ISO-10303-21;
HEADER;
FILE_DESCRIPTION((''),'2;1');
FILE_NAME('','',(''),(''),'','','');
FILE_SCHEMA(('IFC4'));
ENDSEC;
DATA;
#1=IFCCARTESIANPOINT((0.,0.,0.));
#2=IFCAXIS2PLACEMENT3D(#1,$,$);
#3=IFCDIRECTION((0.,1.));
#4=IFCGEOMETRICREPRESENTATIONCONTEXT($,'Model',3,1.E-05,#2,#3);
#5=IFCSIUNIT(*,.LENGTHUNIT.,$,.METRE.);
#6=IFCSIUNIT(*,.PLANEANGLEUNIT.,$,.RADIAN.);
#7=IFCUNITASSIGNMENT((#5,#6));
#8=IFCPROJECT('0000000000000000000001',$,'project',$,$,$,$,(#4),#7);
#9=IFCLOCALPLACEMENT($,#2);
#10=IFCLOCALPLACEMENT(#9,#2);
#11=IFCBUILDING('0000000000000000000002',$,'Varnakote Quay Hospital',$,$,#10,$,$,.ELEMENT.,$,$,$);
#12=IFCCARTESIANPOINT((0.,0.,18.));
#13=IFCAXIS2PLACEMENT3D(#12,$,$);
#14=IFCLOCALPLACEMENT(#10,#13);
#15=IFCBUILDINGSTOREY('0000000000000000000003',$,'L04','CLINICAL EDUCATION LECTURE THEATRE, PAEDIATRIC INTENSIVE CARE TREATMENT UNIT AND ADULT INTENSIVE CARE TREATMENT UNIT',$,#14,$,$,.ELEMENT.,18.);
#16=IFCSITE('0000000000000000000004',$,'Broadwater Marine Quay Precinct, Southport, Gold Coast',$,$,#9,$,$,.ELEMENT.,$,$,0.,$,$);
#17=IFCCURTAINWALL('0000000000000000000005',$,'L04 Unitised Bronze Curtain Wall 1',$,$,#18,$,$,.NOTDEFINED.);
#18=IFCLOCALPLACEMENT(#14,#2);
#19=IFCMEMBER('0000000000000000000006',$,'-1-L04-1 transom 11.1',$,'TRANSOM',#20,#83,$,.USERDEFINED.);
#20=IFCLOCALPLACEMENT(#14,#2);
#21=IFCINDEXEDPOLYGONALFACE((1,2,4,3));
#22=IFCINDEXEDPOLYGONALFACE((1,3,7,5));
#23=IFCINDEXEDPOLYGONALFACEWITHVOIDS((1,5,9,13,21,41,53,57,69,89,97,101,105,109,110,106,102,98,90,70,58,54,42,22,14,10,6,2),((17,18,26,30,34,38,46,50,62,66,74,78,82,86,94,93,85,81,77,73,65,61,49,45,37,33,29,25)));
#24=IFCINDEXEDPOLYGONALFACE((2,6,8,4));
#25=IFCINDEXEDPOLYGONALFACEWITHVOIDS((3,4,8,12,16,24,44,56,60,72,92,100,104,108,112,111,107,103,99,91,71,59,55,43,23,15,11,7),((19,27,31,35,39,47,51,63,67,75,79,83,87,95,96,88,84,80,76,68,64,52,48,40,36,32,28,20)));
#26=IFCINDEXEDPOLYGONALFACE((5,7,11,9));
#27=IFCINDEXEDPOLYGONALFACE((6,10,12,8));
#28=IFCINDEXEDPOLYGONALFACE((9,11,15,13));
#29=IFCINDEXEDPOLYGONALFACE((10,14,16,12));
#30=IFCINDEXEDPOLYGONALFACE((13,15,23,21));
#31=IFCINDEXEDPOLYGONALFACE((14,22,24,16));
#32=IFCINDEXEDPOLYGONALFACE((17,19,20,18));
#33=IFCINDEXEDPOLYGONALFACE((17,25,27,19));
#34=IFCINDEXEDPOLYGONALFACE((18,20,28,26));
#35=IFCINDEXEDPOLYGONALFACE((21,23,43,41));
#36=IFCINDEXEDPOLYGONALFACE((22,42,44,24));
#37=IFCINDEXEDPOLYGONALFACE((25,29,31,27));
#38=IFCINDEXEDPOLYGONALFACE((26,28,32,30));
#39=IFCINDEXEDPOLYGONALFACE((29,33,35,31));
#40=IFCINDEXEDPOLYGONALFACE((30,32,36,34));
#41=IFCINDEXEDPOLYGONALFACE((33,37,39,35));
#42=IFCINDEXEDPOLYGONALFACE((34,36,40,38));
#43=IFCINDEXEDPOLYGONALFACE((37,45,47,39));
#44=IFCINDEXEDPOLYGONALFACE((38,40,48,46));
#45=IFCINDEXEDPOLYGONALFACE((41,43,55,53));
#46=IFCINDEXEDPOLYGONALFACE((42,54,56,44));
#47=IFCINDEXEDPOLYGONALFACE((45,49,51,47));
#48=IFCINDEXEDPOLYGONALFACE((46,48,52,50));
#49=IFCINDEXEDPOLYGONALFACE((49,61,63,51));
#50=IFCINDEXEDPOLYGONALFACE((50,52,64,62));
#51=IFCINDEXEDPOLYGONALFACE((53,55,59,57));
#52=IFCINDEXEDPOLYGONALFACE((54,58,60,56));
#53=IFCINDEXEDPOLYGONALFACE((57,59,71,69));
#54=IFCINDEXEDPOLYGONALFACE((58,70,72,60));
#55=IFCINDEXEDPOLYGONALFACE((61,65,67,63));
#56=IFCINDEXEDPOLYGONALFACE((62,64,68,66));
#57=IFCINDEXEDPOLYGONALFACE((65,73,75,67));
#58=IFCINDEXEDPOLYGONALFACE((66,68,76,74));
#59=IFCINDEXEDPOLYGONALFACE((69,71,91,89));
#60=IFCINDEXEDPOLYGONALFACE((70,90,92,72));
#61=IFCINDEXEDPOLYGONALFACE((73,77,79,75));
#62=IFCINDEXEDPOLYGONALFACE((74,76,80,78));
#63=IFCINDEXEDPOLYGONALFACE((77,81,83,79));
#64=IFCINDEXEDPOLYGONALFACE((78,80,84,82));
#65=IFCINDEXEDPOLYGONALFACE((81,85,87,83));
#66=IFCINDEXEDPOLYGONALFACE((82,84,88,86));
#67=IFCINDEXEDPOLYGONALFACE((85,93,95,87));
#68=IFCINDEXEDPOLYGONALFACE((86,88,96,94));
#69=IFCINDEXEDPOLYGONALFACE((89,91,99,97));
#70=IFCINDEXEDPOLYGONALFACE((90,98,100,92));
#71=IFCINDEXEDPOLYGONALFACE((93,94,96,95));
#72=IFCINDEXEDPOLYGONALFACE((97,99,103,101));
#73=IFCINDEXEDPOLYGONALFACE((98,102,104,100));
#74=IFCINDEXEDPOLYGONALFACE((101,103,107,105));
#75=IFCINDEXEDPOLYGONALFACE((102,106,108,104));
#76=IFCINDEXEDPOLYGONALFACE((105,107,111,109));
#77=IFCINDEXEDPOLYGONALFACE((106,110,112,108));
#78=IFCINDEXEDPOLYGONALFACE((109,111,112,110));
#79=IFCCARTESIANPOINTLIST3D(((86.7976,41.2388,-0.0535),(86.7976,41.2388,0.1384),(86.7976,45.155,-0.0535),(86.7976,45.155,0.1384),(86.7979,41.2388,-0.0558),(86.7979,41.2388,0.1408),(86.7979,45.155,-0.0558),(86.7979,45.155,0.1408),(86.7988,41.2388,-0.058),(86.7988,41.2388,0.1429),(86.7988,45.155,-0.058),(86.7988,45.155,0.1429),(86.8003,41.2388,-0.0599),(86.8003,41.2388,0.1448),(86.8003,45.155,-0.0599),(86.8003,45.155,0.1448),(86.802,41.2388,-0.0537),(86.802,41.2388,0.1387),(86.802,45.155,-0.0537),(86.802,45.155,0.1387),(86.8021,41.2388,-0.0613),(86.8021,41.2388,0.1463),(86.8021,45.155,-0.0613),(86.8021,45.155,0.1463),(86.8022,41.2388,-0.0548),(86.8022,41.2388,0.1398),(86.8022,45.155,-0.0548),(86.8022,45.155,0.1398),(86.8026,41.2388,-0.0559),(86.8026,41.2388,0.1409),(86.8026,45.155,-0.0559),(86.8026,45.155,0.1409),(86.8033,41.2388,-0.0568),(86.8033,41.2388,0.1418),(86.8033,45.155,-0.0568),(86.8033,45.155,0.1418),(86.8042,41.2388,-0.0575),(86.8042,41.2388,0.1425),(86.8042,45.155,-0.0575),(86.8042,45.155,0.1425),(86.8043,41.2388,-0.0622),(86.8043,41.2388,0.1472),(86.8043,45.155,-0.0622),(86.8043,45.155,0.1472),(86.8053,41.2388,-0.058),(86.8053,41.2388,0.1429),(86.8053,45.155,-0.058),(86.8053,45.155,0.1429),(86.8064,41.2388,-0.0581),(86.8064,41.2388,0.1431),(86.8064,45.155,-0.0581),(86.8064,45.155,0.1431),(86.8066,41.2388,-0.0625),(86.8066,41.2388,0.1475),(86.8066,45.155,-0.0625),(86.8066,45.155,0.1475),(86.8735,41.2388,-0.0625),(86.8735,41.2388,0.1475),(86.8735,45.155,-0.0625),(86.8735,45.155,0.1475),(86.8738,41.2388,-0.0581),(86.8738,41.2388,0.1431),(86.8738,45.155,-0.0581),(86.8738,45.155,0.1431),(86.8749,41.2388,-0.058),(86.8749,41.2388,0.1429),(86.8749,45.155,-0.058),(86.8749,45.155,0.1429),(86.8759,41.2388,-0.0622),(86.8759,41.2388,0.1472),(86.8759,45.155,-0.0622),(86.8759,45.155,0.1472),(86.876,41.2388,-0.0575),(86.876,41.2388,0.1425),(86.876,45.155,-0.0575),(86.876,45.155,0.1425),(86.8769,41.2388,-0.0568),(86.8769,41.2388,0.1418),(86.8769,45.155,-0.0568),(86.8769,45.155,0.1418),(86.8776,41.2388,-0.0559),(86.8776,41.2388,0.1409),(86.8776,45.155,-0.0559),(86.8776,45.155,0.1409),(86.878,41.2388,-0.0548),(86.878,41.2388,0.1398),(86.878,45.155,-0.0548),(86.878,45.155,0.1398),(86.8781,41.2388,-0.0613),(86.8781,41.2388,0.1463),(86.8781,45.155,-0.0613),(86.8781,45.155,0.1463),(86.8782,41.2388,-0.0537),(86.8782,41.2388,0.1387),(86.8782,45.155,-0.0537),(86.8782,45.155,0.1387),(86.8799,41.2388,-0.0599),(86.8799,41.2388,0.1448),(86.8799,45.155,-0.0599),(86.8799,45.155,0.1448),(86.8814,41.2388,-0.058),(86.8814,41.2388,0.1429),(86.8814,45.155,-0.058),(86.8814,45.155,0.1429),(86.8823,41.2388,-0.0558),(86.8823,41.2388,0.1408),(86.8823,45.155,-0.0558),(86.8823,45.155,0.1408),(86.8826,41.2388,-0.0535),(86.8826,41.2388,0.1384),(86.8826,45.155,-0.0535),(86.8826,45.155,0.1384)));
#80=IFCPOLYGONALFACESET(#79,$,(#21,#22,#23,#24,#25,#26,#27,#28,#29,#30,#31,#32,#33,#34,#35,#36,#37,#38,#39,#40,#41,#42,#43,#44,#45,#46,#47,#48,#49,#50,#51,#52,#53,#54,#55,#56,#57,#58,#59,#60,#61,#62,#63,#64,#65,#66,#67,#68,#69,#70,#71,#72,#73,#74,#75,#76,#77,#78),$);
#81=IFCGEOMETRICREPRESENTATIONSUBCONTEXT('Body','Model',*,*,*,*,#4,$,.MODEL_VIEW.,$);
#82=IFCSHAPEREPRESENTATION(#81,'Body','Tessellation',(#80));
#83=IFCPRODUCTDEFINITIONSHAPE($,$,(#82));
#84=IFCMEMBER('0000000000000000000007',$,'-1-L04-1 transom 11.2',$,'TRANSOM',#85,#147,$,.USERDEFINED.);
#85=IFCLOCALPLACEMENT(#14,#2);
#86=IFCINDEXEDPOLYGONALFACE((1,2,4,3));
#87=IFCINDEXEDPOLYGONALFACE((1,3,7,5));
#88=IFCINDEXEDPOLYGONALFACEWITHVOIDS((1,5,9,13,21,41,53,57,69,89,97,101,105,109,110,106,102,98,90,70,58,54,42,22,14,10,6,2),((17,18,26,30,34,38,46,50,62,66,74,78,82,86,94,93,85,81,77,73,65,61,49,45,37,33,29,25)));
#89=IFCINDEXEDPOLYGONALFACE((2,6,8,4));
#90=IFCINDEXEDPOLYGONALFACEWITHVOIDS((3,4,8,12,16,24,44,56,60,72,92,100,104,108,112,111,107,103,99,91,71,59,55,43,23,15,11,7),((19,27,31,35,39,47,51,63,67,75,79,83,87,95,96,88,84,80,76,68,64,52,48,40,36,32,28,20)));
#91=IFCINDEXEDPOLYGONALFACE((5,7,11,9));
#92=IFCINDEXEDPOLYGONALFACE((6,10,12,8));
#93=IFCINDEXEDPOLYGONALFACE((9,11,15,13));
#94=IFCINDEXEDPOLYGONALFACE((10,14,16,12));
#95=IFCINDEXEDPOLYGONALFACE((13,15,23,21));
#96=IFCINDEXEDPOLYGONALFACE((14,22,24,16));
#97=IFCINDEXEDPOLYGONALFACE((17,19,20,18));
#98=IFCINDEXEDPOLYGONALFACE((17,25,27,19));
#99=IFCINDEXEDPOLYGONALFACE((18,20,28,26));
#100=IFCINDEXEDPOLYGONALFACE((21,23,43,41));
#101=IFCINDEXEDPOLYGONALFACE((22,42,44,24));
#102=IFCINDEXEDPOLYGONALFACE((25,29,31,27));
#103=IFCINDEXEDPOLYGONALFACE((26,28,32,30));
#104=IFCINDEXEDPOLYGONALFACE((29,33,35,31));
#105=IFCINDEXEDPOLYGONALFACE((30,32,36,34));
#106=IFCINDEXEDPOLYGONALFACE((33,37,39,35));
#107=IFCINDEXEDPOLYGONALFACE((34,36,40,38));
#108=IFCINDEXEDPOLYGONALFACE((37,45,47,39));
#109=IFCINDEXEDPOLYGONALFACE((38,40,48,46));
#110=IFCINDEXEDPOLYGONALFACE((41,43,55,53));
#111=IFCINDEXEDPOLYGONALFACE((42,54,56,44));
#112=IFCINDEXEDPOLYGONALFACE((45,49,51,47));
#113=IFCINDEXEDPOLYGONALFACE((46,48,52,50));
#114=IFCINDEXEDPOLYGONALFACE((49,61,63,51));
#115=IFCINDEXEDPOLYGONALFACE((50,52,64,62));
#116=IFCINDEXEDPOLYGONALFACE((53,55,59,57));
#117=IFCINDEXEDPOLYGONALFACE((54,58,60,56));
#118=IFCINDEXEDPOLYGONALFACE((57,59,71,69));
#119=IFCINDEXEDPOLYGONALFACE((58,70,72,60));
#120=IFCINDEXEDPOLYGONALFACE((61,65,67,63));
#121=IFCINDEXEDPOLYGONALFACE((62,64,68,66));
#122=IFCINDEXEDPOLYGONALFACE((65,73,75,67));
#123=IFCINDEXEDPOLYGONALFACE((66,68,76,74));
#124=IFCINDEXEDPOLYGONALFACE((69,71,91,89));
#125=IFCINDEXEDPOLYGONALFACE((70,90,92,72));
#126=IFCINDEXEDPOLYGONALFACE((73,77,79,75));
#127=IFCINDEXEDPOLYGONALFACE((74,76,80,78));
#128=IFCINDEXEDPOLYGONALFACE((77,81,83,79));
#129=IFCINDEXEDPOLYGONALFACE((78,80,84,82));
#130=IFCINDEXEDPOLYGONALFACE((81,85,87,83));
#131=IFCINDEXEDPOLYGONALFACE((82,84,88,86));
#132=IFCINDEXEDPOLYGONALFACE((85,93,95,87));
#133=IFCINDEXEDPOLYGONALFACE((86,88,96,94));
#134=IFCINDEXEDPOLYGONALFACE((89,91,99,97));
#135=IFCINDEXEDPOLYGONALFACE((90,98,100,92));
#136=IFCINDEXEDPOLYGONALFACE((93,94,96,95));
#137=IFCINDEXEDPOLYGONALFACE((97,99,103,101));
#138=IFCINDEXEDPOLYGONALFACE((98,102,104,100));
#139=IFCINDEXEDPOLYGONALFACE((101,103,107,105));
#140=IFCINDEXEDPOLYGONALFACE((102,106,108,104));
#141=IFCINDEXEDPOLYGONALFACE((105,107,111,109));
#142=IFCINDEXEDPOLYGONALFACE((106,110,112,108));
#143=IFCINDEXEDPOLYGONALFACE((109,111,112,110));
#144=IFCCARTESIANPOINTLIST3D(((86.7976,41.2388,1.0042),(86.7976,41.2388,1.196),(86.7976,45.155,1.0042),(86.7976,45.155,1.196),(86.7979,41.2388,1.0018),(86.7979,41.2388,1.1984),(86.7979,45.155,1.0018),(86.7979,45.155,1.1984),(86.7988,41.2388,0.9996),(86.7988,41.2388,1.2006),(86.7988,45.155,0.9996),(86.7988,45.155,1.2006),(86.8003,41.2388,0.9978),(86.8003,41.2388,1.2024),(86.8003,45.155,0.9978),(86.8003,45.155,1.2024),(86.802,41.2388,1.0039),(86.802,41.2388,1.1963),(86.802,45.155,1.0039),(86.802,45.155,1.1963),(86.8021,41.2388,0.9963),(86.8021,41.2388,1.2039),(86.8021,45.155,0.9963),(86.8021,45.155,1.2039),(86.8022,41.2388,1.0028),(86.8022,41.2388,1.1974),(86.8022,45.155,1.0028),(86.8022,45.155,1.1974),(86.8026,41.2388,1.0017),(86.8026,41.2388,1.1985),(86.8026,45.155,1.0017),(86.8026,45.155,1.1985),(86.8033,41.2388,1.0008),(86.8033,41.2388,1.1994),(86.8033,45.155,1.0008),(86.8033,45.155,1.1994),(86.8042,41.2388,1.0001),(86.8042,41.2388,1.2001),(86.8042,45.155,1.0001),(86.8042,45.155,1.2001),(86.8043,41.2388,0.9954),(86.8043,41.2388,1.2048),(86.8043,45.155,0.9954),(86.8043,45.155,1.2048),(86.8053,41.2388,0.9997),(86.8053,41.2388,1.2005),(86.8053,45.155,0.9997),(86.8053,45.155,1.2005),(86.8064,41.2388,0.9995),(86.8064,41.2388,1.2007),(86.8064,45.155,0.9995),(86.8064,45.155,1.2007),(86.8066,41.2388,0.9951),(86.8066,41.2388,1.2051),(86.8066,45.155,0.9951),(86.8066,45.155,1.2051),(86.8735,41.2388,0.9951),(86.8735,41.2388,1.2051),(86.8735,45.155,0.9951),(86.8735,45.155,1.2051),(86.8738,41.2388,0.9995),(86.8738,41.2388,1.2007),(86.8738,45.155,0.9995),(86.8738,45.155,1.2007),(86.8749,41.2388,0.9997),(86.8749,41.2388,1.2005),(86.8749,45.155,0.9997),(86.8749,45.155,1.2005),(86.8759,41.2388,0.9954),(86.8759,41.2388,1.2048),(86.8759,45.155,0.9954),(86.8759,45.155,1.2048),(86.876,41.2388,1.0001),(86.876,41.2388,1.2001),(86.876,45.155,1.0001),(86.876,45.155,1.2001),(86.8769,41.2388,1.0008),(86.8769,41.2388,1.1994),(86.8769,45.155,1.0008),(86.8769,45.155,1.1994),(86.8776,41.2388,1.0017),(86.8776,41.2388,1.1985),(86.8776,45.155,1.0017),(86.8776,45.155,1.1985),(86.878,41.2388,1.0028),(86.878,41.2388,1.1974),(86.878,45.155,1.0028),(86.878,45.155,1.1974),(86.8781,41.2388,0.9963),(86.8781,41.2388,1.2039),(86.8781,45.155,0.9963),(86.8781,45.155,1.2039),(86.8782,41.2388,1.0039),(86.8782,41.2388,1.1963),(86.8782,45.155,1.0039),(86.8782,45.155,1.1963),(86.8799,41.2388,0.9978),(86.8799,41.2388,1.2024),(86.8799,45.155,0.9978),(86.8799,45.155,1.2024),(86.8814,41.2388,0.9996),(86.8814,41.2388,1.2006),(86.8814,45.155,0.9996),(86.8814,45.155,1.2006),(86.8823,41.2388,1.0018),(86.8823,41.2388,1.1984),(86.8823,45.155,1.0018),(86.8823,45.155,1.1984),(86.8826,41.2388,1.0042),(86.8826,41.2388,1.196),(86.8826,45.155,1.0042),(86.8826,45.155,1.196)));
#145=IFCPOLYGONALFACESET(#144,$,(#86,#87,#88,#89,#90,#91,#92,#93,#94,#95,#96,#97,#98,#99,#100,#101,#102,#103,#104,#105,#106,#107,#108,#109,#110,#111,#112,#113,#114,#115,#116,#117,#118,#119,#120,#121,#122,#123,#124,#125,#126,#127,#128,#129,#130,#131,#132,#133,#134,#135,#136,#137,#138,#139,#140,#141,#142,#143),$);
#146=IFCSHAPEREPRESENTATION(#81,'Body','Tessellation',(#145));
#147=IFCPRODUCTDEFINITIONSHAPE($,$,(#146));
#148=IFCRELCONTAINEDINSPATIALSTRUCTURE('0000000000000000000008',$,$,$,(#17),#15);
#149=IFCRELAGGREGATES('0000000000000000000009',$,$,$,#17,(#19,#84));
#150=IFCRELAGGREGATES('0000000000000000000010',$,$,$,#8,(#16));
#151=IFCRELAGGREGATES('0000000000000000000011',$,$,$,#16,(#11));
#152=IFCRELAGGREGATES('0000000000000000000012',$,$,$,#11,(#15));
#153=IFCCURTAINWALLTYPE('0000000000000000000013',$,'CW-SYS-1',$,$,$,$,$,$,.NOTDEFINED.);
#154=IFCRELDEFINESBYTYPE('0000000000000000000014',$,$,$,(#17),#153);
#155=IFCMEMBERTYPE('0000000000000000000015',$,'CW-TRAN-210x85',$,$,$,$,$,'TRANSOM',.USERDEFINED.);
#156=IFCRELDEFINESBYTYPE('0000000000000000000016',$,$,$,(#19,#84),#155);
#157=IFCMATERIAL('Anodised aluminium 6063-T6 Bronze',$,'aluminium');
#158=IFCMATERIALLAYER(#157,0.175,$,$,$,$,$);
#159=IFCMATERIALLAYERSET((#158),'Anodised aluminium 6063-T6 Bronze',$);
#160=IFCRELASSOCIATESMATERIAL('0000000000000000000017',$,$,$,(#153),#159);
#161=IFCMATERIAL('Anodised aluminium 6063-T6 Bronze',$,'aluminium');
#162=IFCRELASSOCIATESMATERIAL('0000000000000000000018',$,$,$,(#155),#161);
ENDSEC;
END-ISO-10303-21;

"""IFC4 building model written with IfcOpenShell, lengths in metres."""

from ifc_helpers import new_model, si_unit, direction, frame, origin, origin_2d, place, context, subcontext, project, spatial, hollow_rectangle, extrude, material, layer, layer_set, material_profile, profile_set, type_object, element, aggregate, save


model = new_model("IFC4")

# Units and contexts
model_context = context("Model", 3, precision=1e-05, world=origin(), true_north=direction((0.0, 1.0)))
body_context = subcontext(model_context, "Body", "Model", "MODEL_VIEW")
ifc_project = project(units=[si_unit("LENGTHUNIT", "METRE"), si_unit("PLANEANGLEUNIT", "RADIAN")], contexts=[model_context])

# Site, building, storey
site_placement = place(None, origin())
site = spatial("IfcSite", under=ifc_project, at=site_placement, Name="Broadwater Marine Quay Precinct, Southport, Gold Coast", CompositionType="ELEMENT", RefElevation=0.0)
building_placement = place(site_placement, origin())
building = spatial("IfcBuilding", under=site, at=building_placement, Name="Varnakote Quay Hospital", CompositionType="ELEMENT")
storey_placement = place(building_placement, frame((0.0, 0.0, 18.0)))
storey = spatial("IfcBuildingStorey", under=building, at=storey_placement, Name="L04", Description="CLINICAL EDUCATION LECTURE THEATRE, PAEDIATRIC INTENSIVE CARE TREATMENT UNIT AND ADULT INTENSIVE CARE TREATMENT UNIT", CompositionType="ELEMENT", Elevation=18.0)

# Curtain wall, members
ifc_material_1 = material(Name="Anodised aluminium 6063-T6 Bronze", Category="aluminium")
ifc_layer_1 = layer(ifc_material_1, 0.175)
ifc_layer_set_1 = layer_set([ifc_layer_1], Name="Anodised aluminium 6063-T6 Bronze")
curtain_wall_type = type_object("IfcCurtainWallType", Name="CW-SYS-1", PredefinedType="NOTDEFINED", material=ifc_layer_set_1)
curtain_wall_placement = place(storey_placement, origin())
curtain_wall = element("IfcCurtainWall", 1, at=curtain_wall_placement, inside=storey, type_object=curtain_wall_type, Name="L04 Unitised Bronze Curtain Wall 1", PredefinedType="NOTDEFINED")
ifc_material_2 = material(Name="Anodised aluminium 6063-T6 Bronze", Category="aluminium")
ifc_material_profile_1 = material_profile(ifc_material_2, hollow_rectangle(XDim=0.085, YDim=0.21, WallThickness=0.0044, InnerFilletRadius=0.0044, OuterFilletRadius=0.009, at=origin_2d()), Name="CW-TRAN-210x85")
ifc_profile_set_1 = profile_set([ifc_material_profile_1], Name="Anodised aluminium 6063-T6 Bronze")
member_type_1 = type_object("IfcMemberType", Name="CW-TRAN-210x85", ElementType="TRANSOM", PredefinedType="USERDEFINED", material=ifc_profile_set_1)
member_1_placement = place(storey_placement, frame((86.8401, 41.2388, 0.0425), z_axis=(0.0, 1.0, 0.0), x_axis=(-1.0, 0.0, 0.0)))
member_1 = element("IfcMember", 2, at=member_1_placement, type_object=member_type_1, Name="-1-L04-1 transom 11.1", ObjectType="TRANSOM", PredefinedType="USERDEFINED", context=body_context, shape_type="SweptSolid", body=[
    extrude(hollow_rectangle(XDim=0.085, YDim=0.21, WallThickness=0.0044, InnerFilletRadius=0.0044, OuterFilletRadius=0.009, at=origin_2d()), origin(), (0.0, 0.0, 1.0), 3.9163),
])
member_2_placement = place(storey_placement, frame((86.8401, 41.2388, 1.1001), z_axis=(0.0, 1.0, 0.0), x_axis=(-1.0, 0.0, 0.0)))
member_2 = element("IfcMember", 3, at=member_2_placement, type_object=member_type_1, Name="-1-L04-1 transom 11.2", ObjectType="TRANSOM", PredefinedType="USERDEFINED", context=body_context, shape_type="SweptSolid", body=[
    extrude(hollow_rectangle(XDim=0.085, YDim=0.21, WallThickness=0.0044, InnerFilletRadius=0.0044, OuterFilletRadius=0.009, at=origin_2d()), origin(), (0.0, 0.0, 1.0), 3.9163),
])

aggregate(curtain_wall, [member_1, member_2])

save(model, "model.ifc")
